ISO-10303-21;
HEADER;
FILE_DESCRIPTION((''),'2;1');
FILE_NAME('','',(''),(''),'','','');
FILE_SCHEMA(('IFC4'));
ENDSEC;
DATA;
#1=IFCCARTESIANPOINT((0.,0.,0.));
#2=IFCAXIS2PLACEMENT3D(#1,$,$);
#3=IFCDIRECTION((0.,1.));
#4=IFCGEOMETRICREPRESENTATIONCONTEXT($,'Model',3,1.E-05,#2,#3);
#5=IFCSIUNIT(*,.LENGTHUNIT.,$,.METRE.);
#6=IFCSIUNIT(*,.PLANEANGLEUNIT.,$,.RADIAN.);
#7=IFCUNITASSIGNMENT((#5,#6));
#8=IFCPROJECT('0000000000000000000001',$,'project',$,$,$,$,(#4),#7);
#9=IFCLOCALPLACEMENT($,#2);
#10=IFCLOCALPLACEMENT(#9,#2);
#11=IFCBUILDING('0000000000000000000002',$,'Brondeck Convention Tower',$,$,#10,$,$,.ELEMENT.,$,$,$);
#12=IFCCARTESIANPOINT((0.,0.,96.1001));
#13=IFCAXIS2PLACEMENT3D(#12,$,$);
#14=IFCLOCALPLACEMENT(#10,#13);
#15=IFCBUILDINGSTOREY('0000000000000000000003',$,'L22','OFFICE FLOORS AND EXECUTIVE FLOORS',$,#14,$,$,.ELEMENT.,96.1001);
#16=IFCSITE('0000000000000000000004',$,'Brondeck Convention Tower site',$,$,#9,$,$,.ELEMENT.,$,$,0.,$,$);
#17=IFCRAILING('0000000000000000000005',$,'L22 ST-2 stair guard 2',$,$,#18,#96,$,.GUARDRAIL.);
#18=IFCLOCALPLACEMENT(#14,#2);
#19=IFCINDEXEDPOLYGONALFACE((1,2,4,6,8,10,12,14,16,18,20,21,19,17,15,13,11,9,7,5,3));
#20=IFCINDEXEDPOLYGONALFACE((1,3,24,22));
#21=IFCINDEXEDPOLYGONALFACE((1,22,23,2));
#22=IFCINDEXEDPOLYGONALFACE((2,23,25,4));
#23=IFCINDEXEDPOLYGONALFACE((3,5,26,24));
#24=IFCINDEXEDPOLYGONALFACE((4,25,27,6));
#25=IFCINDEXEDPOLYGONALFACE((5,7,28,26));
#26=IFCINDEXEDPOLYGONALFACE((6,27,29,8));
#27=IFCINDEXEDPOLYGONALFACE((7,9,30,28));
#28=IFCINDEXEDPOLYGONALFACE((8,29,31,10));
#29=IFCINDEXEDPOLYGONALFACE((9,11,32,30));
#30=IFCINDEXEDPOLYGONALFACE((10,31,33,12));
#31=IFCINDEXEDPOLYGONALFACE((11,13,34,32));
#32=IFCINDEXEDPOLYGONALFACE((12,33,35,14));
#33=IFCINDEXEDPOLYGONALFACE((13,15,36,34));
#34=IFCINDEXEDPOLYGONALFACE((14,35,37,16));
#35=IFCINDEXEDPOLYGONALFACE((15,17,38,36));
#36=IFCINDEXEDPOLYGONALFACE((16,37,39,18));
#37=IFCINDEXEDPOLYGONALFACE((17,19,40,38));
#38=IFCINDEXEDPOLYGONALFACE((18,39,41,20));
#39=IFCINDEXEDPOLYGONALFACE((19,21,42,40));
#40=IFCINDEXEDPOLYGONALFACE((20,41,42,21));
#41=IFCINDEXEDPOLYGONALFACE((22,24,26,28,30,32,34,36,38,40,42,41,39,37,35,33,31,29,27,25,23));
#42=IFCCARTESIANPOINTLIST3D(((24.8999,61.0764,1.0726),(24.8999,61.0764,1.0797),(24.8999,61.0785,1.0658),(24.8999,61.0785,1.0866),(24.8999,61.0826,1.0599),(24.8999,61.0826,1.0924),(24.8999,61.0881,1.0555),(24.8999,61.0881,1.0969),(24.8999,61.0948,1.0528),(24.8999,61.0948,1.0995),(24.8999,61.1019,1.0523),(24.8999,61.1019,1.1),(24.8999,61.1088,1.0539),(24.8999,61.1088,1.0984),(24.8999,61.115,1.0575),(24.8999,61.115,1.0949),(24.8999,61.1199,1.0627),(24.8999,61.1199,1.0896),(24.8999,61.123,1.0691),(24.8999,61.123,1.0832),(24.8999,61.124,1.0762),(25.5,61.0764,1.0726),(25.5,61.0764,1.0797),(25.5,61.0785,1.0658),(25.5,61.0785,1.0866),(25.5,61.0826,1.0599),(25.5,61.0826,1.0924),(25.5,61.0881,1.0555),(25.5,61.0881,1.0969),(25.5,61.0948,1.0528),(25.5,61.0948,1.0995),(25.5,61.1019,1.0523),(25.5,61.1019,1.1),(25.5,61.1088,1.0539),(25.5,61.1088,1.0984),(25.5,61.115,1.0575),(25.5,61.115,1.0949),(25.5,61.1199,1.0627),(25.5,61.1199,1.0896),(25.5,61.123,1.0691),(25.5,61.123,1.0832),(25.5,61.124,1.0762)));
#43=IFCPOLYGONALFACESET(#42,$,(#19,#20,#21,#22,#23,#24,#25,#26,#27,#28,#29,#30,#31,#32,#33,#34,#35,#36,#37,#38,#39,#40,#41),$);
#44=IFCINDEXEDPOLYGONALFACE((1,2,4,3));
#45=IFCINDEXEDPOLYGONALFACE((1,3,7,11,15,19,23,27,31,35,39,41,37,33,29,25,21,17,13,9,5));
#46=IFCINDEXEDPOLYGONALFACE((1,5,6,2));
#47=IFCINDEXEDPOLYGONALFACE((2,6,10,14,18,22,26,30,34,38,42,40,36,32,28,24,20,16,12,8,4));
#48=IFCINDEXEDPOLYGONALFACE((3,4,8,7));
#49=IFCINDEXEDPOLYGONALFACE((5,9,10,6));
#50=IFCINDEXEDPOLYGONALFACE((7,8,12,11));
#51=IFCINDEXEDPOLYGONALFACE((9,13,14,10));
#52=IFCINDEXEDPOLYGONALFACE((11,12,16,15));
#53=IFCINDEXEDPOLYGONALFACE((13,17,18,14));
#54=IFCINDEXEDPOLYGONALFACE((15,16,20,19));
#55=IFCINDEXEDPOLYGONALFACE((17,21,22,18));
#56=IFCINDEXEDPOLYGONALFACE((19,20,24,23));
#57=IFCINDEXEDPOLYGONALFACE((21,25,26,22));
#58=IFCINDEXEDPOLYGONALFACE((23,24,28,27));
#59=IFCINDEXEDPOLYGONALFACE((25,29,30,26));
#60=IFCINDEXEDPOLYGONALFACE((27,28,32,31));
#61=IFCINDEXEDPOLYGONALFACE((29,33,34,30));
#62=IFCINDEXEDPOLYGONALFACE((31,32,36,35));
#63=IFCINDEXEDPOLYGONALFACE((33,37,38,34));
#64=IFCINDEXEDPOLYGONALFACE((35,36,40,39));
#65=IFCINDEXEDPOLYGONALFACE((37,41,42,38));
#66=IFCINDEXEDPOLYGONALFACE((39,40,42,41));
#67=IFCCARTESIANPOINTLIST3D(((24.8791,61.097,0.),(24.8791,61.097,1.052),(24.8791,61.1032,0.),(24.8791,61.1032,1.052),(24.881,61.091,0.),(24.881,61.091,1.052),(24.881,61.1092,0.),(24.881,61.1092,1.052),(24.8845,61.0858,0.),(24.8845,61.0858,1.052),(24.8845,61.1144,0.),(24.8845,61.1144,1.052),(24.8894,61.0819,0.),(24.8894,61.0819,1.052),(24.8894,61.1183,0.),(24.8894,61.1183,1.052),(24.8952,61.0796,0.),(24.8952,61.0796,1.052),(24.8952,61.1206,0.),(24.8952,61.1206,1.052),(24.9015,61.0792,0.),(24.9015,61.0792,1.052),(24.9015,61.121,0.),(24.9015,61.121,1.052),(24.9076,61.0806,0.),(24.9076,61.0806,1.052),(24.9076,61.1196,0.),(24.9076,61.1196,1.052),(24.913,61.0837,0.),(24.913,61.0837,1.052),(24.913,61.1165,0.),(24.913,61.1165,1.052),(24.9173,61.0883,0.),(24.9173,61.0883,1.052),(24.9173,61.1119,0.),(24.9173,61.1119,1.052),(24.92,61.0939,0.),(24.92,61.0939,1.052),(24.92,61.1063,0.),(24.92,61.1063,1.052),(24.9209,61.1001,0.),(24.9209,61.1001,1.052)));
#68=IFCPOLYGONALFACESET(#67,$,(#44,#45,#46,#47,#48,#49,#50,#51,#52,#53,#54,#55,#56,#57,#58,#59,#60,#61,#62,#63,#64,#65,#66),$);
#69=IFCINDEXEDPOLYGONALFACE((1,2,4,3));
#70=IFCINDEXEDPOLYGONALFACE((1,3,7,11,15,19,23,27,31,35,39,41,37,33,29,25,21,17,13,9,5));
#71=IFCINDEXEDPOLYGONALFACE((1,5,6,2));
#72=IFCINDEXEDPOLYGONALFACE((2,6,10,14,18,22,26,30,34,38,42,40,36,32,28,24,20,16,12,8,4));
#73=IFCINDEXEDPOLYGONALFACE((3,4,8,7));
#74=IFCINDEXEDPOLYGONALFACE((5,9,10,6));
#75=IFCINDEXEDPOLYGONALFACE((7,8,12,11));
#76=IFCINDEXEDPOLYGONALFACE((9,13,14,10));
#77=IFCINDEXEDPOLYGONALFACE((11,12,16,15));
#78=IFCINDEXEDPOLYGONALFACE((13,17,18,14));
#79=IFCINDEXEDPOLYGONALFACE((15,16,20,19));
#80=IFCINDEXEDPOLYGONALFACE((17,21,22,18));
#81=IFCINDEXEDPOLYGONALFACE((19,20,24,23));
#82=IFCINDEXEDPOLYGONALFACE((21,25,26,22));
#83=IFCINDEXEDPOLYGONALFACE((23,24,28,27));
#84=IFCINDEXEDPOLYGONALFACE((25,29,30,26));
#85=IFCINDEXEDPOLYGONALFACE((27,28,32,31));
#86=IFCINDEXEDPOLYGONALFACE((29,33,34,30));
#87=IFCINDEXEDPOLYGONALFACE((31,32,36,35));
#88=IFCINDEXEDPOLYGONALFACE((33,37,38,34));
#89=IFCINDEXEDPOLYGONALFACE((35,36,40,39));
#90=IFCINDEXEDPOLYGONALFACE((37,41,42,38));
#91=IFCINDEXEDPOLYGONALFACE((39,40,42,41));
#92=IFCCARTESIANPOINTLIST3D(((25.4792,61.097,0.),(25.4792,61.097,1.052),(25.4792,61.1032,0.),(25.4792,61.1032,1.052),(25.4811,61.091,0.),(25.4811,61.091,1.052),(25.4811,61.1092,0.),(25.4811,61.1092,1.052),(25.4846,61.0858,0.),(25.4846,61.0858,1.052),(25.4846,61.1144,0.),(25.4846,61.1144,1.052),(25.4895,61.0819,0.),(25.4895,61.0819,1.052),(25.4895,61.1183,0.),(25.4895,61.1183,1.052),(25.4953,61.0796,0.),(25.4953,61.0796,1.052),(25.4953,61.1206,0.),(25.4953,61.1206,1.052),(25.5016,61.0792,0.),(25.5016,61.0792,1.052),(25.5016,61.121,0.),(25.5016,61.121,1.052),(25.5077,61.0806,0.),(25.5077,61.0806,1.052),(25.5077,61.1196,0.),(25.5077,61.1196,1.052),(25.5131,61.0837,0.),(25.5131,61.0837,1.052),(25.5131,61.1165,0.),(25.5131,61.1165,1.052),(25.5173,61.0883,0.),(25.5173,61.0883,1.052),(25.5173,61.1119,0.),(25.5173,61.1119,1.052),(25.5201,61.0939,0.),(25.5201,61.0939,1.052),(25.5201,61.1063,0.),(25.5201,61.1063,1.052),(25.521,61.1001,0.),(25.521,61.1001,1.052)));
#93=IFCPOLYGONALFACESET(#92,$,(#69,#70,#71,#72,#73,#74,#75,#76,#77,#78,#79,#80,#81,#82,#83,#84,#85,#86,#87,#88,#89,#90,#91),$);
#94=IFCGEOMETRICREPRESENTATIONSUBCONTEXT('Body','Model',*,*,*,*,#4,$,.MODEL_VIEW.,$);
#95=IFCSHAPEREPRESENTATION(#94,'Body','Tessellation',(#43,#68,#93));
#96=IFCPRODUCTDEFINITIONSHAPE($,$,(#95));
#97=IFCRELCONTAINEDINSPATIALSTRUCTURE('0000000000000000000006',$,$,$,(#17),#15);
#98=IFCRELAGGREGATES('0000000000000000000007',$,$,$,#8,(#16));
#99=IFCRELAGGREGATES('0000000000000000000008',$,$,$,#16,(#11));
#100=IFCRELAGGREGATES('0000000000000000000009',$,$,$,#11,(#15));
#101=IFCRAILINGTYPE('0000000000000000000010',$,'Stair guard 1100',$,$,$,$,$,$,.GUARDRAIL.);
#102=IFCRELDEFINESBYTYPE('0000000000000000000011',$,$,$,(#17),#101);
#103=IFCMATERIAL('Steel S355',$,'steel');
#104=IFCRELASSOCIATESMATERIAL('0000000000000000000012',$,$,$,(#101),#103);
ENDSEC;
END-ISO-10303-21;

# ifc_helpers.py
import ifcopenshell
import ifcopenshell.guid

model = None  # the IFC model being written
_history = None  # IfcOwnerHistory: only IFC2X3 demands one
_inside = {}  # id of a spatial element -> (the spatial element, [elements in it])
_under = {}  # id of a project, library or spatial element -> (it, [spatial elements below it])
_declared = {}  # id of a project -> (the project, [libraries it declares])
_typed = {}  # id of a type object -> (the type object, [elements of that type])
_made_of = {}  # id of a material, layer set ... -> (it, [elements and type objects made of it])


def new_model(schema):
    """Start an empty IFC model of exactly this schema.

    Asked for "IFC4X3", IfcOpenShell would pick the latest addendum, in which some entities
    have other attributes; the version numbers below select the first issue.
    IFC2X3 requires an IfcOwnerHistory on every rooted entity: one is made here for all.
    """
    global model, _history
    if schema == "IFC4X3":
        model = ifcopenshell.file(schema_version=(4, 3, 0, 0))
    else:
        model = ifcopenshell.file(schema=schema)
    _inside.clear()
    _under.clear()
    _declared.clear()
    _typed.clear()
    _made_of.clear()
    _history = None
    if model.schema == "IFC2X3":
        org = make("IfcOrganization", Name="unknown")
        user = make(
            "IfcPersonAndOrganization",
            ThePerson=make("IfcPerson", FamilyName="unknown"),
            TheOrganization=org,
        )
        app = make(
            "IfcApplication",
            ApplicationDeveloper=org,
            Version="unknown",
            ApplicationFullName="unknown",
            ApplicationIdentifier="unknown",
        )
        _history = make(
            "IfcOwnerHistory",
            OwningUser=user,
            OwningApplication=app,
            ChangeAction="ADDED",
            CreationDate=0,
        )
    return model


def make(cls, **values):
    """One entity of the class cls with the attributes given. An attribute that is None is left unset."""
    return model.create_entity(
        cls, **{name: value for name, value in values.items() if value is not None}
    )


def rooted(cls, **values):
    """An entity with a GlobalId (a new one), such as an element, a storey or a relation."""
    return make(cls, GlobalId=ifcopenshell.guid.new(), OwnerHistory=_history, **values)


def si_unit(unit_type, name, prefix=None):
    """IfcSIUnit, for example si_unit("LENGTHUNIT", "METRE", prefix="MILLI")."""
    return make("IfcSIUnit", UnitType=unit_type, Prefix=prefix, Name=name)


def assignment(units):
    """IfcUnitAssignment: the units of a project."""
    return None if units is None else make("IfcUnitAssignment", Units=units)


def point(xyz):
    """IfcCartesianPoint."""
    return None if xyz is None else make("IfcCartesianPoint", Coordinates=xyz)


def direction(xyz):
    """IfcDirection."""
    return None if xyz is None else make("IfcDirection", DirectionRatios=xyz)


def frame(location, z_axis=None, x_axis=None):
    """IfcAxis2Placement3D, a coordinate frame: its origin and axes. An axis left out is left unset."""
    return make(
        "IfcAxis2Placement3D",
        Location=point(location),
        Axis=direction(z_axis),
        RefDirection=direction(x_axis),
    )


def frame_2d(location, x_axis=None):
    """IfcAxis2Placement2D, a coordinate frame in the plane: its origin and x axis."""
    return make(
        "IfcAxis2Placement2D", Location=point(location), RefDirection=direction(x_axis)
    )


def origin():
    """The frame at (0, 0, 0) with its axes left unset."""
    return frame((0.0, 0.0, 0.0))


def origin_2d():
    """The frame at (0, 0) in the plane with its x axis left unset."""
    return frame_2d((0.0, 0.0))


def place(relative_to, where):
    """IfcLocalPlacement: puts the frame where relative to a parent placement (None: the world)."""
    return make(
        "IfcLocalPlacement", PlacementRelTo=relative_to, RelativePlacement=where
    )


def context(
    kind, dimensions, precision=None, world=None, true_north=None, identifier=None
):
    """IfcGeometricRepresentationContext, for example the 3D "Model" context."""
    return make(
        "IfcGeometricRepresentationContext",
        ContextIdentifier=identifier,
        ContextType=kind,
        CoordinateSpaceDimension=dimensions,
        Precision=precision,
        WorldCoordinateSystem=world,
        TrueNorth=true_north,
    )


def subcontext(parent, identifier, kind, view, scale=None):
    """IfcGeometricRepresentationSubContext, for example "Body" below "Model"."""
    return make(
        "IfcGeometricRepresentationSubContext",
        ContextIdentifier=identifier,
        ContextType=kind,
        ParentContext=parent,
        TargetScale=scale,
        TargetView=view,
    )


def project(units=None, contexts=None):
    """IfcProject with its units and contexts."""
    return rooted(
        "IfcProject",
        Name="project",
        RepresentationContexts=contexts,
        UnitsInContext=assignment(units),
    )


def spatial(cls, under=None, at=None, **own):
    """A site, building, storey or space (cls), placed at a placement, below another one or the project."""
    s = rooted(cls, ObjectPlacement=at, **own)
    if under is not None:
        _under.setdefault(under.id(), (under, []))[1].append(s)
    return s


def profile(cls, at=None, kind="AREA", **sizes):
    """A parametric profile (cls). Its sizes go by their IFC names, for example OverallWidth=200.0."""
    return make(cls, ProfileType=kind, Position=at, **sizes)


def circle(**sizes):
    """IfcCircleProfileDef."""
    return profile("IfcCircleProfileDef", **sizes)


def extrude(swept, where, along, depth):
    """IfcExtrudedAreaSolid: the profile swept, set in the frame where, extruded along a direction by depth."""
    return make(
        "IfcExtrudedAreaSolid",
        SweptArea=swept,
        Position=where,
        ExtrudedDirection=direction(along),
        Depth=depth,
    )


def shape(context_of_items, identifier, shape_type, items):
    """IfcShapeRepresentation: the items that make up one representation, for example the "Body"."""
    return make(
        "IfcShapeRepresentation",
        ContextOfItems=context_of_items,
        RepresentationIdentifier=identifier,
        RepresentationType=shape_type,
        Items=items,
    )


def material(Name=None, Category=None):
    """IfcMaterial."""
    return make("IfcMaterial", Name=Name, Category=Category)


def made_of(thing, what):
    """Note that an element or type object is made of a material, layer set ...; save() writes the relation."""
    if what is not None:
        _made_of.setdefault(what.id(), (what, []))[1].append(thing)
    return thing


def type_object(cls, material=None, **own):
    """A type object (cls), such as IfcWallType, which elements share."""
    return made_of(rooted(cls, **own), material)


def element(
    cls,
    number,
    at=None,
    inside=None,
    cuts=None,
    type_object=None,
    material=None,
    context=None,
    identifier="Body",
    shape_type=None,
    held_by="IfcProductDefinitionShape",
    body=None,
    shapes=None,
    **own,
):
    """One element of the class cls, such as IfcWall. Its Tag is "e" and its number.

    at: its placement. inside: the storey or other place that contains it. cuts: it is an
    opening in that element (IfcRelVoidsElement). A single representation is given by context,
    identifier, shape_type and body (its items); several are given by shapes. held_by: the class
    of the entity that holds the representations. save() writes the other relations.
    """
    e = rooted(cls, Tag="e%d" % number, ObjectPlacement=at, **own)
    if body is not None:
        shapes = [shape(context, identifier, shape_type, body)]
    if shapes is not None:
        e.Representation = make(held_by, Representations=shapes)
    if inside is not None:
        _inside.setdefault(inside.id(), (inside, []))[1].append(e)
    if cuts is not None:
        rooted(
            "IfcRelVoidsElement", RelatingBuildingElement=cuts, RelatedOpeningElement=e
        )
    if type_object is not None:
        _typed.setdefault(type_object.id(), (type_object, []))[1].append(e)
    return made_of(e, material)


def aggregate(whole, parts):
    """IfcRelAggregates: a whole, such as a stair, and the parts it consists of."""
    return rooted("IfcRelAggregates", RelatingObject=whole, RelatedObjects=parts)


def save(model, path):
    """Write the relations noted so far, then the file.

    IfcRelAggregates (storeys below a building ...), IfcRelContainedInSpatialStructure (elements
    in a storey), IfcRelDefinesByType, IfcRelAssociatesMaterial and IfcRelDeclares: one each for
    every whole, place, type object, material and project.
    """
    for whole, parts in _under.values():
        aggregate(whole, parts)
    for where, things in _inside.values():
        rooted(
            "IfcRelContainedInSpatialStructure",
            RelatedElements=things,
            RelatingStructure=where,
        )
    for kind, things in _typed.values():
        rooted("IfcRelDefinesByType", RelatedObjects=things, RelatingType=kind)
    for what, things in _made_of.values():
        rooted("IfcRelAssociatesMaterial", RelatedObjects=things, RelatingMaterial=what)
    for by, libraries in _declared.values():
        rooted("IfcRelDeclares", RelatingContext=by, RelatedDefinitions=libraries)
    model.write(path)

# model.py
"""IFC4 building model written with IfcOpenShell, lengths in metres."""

from ifc_helpers import new_model, si_unit, direction, frame, origin, origin_2d, place, context, subcontext, project, spatial, circle, extrude, material, type_object, element, save


model = new_model("IFC4")

# Units and contexts
model_context = context("Model", 3, precision=1e-05, world=origin(), true_north=direction((0.0, 1.0)))
body_context = subcontext(model_context, "Body", "Model", "MODEL_VIEW")
ifc_project = project(units=[si_unit("LENGTHUNIT", "METRE"), si_unit("PLANEANGLEUNIT", "RADIAN")], contexts=[model_context])

# Site, building, storey
site_placement = place(None, origin())
site = spatial("IfcSite", under=ifc_project, at=site_placement, Name="Brondeck Convention Tower site", CompositionType="ELEMENT", RefElevation=0.0)
building_placement = place(site_placement, origin())
building = spatial("IfcBuilding", under=site, at=building_placement, Name="Brondeck Convention Tower", CompositionType="ELEMENT")
storey_placement = place(building_placement, frame((0.0, 0.0, 96.1001)))
storey = spatial("IfcBuildingStorey", under=building, at=storey_placement, Name="L22", Description="OFFICE FLOORS AND EXECUTIVE FLOORS", CompositionType="ELEMENT", Elevation=96.1001)

# Shared definitions
ifc_material_1 = material(Name="Steel S355", Category="steel")

# Railing
railing_type_1 = type_object("IfcRailingType", Name="Stair guard 1100", PredefinedType="GUARDRAIL", material=ifc_material_1)
railing_1_placement = place(storey_placement, frame((24.8999, 61.1001, 0.0)))
element("IfcRailing", 1, at=railing_1_placement, inside=storey, type_object=railing_type_1, Name="L22 ST-2 stair guard 2", PredefinedType="GUARDRAIL", context=body_context, shape_type="SweptSolid", body=[
    extrude(circle(Radius=0.0239, at=origin_2d()), frame((0.0, 0.0, 1.0762), z_axis=(1.0, 0.0, 0.0), x_axis=(0.0, 1.0, 0.0)), (0.0, 0.0, 1.0), 0.6001),
    extrude(circle(Radius=0.021, at=origin_2d()), origin(), (0.0, 0.0, 1.0), 1.052),
    extrude(circle(Radius=0.021, at=origin_2d()), frame((0.6001, 0.0, 0.0)), (0.0, 0.0, 1.0), 1.052),
])

save(model, "model.ifc")
